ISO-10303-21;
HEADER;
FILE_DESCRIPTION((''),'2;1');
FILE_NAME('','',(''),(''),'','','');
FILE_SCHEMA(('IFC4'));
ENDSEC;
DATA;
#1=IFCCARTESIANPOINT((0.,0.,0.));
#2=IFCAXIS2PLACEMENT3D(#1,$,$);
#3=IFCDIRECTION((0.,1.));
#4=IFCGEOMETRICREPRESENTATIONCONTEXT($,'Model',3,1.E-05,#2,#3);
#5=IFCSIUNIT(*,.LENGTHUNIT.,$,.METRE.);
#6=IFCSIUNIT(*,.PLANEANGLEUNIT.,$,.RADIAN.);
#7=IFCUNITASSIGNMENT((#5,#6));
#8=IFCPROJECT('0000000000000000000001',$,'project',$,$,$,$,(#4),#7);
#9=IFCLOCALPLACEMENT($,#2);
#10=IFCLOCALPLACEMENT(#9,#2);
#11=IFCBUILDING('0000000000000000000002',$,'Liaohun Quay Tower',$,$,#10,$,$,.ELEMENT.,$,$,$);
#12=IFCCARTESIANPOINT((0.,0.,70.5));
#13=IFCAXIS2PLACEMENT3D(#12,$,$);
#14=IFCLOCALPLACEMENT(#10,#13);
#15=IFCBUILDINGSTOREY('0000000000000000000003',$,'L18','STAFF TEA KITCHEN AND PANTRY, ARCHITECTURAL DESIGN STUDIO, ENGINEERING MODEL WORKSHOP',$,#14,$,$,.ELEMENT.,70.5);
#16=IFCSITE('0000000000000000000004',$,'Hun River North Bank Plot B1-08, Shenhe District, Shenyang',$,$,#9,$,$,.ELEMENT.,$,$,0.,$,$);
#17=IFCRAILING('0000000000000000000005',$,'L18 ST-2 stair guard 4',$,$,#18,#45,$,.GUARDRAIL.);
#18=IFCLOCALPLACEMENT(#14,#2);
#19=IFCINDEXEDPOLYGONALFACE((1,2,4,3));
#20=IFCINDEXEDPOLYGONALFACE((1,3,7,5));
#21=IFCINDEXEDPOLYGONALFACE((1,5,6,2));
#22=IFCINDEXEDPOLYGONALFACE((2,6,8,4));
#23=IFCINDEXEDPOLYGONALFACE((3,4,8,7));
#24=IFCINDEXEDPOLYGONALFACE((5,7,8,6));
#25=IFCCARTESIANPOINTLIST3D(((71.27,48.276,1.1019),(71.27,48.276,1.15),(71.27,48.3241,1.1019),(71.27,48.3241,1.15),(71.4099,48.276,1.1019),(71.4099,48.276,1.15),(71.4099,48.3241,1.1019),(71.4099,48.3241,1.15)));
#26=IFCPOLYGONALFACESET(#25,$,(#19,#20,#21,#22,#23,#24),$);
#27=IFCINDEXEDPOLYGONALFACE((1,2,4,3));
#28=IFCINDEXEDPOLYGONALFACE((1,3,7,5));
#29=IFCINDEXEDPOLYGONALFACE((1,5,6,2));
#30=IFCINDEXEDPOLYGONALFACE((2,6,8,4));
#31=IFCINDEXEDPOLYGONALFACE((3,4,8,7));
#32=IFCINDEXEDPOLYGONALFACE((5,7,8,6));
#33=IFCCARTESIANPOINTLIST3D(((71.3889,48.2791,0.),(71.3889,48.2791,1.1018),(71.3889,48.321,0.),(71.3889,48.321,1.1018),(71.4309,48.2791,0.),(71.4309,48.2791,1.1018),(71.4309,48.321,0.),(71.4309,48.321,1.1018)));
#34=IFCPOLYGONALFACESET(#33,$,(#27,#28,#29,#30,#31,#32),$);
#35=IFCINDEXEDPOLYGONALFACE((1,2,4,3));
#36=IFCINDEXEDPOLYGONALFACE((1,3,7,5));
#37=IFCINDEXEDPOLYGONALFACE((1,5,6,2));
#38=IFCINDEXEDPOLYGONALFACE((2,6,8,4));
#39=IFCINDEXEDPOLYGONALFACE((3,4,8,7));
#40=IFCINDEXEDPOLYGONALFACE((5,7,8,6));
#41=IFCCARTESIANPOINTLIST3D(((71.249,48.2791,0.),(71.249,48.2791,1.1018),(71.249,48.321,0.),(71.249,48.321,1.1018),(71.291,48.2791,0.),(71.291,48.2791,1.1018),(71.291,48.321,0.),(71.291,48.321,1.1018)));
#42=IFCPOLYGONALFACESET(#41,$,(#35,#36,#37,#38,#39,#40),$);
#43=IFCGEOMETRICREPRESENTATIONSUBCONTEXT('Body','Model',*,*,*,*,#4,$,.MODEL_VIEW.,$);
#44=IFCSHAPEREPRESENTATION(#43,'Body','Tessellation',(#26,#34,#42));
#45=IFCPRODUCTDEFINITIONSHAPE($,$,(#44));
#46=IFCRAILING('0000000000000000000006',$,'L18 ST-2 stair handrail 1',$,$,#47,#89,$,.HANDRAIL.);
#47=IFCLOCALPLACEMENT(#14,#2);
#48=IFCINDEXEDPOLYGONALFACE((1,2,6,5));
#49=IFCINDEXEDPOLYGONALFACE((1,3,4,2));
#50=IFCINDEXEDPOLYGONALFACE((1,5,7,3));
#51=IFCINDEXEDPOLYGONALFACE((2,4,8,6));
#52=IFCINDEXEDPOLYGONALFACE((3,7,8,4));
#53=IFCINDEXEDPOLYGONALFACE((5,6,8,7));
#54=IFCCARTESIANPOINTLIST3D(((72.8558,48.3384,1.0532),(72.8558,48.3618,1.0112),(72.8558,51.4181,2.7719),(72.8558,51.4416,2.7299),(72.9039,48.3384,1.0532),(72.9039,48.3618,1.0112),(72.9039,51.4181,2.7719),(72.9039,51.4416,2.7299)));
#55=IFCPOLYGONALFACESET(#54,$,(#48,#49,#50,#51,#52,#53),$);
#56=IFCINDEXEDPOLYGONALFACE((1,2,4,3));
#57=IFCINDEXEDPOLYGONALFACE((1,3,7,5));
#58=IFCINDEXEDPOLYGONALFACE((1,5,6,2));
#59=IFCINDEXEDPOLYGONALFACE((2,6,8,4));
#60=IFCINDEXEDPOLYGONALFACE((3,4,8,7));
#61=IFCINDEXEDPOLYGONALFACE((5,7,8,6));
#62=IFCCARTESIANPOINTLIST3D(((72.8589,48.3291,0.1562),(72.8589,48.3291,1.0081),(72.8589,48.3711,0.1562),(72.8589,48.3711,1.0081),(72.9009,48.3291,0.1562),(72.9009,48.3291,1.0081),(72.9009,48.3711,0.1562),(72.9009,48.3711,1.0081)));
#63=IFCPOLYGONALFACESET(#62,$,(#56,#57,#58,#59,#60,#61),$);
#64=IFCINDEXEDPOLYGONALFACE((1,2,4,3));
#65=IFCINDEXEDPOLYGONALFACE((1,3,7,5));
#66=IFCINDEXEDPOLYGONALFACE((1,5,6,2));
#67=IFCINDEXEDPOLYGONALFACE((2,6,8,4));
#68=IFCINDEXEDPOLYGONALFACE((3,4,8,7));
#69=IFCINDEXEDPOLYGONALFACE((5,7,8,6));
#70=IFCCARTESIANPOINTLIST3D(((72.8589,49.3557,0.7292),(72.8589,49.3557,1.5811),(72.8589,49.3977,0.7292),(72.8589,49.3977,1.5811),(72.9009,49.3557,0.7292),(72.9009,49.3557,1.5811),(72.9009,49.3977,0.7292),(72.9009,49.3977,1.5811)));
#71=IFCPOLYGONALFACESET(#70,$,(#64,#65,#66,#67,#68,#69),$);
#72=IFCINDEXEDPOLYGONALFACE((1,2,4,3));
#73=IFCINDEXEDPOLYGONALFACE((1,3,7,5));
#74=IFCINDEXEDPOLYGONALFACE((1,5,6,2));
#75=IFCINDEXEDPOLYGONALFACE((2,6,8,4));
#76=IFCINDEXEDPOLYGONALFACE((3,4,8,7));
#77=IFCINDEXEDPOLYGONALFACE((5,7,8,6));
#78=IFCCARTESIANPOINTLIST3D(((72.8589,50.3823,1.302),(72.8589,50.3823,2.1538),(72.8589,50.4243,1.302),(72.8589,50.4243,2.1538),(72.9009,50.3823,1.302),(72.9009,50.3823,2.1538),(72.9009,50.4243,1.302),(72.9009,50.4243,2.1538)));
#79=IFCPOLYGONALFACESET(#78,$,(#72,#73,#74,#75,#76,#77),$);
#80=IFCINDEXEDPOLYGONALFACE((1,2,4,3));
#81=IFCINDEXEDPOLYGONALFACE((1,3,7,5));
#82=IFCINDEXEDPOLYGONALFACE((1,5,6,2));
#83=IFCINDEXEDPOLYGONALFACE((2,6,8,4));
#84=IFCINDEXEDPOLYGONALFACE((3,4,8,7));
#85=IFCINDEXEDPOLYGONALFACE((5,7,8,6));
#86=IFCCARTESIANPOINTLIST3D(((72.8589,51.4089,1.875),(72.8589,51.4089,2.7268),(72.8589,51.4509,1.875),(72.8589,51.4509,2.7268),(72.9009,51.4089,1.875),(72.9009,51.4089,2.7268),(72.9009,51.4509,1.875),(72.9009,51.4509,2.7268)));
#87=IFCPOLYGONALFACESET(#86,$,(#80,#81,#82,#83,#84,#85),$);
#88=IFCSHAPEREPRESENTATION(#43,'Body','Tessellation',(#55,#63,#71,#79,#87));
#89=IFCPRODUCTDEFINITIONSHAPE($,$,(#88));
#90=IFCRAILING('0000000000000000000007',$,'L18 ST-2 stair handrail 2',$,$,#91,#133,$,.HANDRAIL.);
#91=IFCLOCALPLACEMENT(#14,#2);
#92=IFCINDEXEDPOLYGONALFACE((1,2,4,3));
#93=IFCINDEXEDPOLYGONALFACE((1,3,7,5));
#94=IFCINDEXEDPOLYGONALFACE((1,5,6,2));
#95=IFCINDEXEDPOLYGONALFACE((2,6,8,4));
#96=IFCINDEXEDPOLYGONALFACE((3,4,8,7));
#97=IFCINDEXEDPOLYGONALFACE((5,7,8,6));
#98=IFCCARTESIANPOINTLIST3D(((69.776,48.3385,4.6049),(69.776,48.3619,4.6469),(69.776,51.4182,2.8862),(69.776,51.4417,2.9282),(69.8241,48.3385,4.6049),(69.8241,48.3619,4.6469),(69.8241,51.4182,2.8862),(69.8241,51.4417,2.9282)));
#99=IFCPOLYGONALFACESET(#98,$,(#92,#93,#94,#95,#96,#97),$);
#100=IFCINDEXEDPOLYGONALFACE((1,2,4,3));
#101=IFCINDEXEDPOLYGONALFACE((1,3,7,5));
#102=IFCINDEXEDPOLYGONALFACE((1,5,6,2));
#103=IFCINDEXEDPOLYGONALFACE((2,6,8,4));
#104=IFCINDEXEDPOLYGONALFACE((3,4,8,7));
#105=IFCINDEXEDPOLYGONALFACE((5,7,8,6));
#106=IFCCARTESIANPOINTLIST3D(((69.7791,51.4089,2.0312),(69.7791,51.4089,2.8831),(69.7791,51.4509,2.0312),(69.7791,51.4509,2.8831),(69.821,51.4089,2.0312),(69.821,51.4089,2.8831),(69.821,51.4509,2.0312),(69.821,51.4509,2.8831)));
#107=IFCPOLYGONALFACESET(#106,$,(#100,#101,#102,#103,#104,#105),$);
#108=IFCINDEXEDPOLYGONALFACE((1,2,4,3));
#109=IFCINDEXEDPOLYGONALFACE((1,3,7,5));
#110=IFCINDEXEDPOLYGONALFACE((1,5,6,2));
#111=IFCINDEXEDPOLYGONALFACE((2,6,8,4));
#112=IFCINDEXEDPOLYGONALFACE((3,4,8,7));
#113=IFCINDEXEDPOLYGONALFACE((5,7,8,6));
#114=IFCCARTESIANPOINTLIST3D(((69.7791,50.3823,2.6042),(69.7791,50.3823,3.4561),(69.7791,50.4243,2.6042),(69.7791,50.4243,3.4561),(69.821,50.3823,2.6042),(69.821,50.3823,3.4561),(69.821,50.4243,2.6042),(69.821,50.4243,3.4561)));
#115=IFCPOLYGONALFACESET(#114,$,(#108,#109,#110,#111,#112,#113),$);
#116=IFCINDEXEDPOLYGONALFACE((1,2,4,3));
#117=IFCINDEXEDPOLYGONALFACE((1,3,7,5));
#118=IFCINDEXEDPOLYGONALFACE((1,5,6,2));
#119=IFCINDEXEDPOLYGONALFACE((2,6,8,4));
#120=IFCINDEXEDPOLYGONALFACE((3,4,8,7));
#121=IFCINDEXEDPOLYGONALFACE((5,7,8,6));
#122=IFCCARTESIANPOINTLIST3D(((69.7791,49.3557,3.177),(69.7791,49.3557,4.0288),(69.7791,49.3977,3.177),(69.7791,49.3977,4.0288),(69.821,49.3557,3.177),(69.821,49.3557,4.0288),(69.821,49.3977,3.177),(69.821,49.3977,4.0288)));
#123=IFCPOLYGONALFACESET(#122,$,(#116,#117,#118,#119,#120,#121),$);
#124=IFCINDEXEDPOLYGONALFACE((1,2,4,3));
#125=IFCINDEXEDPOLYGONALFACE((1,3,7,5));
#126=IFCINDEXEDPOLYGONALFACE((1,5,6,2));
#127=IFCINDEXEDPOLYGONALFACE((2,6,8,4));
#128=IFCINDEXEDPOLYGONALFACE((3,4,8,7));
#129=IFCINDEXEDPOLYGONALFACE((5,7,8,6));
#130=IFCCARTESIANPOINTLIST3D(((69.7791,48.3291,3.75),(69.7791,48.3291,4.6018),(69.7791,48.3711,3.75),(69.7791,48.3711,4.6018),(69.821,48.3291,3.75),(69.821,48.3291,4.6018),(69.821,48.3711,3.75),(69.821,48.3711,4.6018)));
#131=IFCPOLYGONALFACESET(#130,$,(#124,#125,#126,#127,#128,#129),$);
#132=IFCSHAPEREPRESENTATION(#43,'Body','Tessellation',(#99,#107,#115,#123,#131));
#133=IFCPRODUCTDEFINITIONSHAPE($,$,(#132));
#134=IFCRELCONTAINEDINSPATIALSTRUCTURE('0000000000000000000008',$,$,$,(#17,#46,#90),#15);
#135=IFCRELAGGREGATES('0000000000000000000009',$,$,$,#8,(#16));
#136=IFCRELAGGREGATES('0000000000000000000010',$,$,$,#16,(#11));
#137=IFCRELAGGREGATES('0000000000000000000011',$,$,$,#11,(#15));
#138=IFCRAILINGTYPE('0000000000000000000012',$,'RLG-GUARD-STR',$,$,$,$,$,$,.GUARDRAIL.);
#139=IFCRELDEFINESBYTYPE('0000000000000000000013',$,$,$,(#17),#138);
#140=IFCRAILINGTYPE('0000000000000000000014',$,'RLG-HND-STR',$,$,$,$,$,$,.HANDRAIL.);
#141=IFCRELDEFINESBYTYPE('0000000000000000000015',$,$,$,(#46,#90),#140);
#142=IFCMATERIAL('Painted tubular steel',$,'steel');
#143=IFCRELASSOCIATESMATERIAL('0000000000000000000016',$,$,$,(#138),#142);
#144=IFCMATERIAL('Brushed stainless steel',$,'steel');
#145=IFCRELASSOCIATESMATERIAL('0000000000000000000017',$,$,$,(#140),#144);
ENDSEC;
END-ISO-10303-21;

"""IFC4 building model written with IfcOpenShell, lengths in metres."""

from ifc_helpers import new_model, si_unit, direction, frame, origin, origin_2d, place, context, subcontext, project, spatial, rectangle, extrude, material, type_object, element, save


model = new_model("IFC4")

# Units and contexts
model_context = context("Model", 3, precision=1e-05, world=origin(), true_north=direction((0.0, 1.0)))
body_context = subcontext(model_context, "Body", "Model", "MODEL_VIEW")
ifc_project = project(units=[si_unit("LENGTHUNIT", "METRE"), si_unit("PLANEANGLEUNIT", "RADIAN")], contexts=[model_context])

# Site, building, storey
site_placement = place(None, origin())
site = spatial("IfcSite", under=ifc_project, at=site_placement, Name="Hun River North Bank Plot B1-08, Shenhe District, Shenyang", CompositionType="ELEMENT", RefElevation=0.0)
building_placement = place(site_placement, origin())
building = spatial("IfcBuilding", under=site, at=building_placement, Name="Liaohun Quay Tower", CompositionType="ELEMENT")
storey_placement = place(building_placement, frame((0.0, 0.0, 70.5)))
storey = spatial("IfcBuildingStorey", under=building, at=storey_placement, Name="L18", Description="STAFF TEA KITCHEN AND PANTRY, ARCHITECTURAL DESIGN STUDIO, ENGINEERING MODEL WORKSHOP", CompositionType="ELEMENT", Elevation=70.5)

# Railings
ifc_material_1 = material(Name="Painted tubular steel", Category="steel")
railing_type_1 = type_object("IfcRailingType", Name="RLG-GUARD-STR", PredefinedType="GUARDRAIL", material=ifc_material_1)
railing_1_placement = place(storey_placement, frame((71.4099, 48.3, 0.0)))
element("IfcRailing", 1, at=railing_1_placement, inside=storey, type_object=railing_type_1, Name="L18 ST-2 stair guard 4", PredefinedType="GUARDRAIL", context=body_context, shape_type="SweptSolid", body=[
    extrude(rectangle(XDim=0.0481, YDim=0.0481, at=origin_2d()), frame((0.0, 0.0, 1.126), z_axis=(-1.0, 0.0, 0.0), x_axis=(0.0, -1.0, 0.0)), (0.0, 0.0, 1.0), 0.1399),
    extrude(rectangle(XDim=0.042, YDim=0.042, at=origin_2d()), origin(), (0.0, 0.0, 1.0), 1.1018),
    extrude(rectangle(XDim=0.042, YDim=0.042, at=origin_2d()), frame((-0.1399, 0.0, 0.0)), (0.0, 0.0, 1.0), 1.1018),
])
ifc_material_2 = material(Name="Brushed stainless steel", Category="steel")
railing_type_2 = type_object("IfcRailingType", Name="RLG-HND-STR", PredefinedType="HANDRAIL", material=ifc_material_2)
railing_2_placement = place(storey_placement, frame((72.8799, 48.3501, 0.1562)))
element("IfcRailing", 2, at=railing_2_placement, inside=storey, type_object=railing_type_2, Name="L18 ST-2 stair handrail 1", PredefinedType="HANDRAIL", context=body_context, shape_type="SweptSolid", body=[
    extrude(rectangle(XDim=0.0481, YDim=0.0481, at=origin_2d()), frame((0.0, 0.0, 0.876), z_axis=(0.0, 0.873225, 0.487317), x_axis=(-1.0, 0.0, 0.0)), (0.0, 0.0, 1.0), 3.5269),
    extrude(rectangle(XDim=0.042, YDim=0.042, at=origin_2d()), origin(), (0.0, 0.0, 1.0), 0.8518),
    extrude(rectangle(XDim=0.042, YDim=0.042, at=origin_2d()), frame((0.0, 1.0266, 0.573)), (0.0, 0.0, 1.0), 0.8518),
    extrude(rectangle(XDim=0.042, YDim=0.042, at=origin_2d()), frame((0.0, 2.0532, 1.1458)), (0.0, 0.0, 1.0), 0.8518),
    extrude(rectangle(XDim=0.042, YDim=0.042, at=origin_2d()), frame((0.0, 3.0798, 1.7188)), (0.0, 0.0, 1.0), 0.8518),
])
railing_3_placement = place(storey_placement, frame((69.8, 51.4299, 2.0312)))
element("IfcRailing", 3, at=railing_3_placement, inside=storey, type_object=railing_type_2, Name="L18 ST-2 stair handrail 2", PredefinedType="HANDRAIL", context=body_context, shape_type="SweptSolid", body=[
    extrude(rectangle(XDim=0.0481, YDim=0.0481, at=origin_2d()), frame((0.0, 0.0, 0.876), z_axis=(0.0, -0.873225, 0.487317), x_axis=(1.0, 0.0, 0.0)), (0.0, 0.0, 1.0), 3.5269),
    extrude(rectangle(XDim=0.042, YDim=0.042, at=origin_2d()), origin(), (0.0, 0.0, 1.0), 0.8518),
    extrude(rectangle(XDim=0.042, YDim=0.042, at=origin_2d()), frame((0.0, -1.0266, 0.573)), (0.0, 0.0, 1.0), 0.8518),
    extrude(rectangle(XDim=0.042, YDim=0.042, at=origin_2d()), frame((0.0, -2.0532, 1.1458)), (0.0, 0.0, 1.0), 0.8518),
    extrude(rectangle(XDim=0.042, YDim=0.042, at=origin_2d()), frame((0.0, -3.0798, 1.7188)), (0.0, 0.0, 1.0), 0.8518),
])

save(model, "model.ifc")
